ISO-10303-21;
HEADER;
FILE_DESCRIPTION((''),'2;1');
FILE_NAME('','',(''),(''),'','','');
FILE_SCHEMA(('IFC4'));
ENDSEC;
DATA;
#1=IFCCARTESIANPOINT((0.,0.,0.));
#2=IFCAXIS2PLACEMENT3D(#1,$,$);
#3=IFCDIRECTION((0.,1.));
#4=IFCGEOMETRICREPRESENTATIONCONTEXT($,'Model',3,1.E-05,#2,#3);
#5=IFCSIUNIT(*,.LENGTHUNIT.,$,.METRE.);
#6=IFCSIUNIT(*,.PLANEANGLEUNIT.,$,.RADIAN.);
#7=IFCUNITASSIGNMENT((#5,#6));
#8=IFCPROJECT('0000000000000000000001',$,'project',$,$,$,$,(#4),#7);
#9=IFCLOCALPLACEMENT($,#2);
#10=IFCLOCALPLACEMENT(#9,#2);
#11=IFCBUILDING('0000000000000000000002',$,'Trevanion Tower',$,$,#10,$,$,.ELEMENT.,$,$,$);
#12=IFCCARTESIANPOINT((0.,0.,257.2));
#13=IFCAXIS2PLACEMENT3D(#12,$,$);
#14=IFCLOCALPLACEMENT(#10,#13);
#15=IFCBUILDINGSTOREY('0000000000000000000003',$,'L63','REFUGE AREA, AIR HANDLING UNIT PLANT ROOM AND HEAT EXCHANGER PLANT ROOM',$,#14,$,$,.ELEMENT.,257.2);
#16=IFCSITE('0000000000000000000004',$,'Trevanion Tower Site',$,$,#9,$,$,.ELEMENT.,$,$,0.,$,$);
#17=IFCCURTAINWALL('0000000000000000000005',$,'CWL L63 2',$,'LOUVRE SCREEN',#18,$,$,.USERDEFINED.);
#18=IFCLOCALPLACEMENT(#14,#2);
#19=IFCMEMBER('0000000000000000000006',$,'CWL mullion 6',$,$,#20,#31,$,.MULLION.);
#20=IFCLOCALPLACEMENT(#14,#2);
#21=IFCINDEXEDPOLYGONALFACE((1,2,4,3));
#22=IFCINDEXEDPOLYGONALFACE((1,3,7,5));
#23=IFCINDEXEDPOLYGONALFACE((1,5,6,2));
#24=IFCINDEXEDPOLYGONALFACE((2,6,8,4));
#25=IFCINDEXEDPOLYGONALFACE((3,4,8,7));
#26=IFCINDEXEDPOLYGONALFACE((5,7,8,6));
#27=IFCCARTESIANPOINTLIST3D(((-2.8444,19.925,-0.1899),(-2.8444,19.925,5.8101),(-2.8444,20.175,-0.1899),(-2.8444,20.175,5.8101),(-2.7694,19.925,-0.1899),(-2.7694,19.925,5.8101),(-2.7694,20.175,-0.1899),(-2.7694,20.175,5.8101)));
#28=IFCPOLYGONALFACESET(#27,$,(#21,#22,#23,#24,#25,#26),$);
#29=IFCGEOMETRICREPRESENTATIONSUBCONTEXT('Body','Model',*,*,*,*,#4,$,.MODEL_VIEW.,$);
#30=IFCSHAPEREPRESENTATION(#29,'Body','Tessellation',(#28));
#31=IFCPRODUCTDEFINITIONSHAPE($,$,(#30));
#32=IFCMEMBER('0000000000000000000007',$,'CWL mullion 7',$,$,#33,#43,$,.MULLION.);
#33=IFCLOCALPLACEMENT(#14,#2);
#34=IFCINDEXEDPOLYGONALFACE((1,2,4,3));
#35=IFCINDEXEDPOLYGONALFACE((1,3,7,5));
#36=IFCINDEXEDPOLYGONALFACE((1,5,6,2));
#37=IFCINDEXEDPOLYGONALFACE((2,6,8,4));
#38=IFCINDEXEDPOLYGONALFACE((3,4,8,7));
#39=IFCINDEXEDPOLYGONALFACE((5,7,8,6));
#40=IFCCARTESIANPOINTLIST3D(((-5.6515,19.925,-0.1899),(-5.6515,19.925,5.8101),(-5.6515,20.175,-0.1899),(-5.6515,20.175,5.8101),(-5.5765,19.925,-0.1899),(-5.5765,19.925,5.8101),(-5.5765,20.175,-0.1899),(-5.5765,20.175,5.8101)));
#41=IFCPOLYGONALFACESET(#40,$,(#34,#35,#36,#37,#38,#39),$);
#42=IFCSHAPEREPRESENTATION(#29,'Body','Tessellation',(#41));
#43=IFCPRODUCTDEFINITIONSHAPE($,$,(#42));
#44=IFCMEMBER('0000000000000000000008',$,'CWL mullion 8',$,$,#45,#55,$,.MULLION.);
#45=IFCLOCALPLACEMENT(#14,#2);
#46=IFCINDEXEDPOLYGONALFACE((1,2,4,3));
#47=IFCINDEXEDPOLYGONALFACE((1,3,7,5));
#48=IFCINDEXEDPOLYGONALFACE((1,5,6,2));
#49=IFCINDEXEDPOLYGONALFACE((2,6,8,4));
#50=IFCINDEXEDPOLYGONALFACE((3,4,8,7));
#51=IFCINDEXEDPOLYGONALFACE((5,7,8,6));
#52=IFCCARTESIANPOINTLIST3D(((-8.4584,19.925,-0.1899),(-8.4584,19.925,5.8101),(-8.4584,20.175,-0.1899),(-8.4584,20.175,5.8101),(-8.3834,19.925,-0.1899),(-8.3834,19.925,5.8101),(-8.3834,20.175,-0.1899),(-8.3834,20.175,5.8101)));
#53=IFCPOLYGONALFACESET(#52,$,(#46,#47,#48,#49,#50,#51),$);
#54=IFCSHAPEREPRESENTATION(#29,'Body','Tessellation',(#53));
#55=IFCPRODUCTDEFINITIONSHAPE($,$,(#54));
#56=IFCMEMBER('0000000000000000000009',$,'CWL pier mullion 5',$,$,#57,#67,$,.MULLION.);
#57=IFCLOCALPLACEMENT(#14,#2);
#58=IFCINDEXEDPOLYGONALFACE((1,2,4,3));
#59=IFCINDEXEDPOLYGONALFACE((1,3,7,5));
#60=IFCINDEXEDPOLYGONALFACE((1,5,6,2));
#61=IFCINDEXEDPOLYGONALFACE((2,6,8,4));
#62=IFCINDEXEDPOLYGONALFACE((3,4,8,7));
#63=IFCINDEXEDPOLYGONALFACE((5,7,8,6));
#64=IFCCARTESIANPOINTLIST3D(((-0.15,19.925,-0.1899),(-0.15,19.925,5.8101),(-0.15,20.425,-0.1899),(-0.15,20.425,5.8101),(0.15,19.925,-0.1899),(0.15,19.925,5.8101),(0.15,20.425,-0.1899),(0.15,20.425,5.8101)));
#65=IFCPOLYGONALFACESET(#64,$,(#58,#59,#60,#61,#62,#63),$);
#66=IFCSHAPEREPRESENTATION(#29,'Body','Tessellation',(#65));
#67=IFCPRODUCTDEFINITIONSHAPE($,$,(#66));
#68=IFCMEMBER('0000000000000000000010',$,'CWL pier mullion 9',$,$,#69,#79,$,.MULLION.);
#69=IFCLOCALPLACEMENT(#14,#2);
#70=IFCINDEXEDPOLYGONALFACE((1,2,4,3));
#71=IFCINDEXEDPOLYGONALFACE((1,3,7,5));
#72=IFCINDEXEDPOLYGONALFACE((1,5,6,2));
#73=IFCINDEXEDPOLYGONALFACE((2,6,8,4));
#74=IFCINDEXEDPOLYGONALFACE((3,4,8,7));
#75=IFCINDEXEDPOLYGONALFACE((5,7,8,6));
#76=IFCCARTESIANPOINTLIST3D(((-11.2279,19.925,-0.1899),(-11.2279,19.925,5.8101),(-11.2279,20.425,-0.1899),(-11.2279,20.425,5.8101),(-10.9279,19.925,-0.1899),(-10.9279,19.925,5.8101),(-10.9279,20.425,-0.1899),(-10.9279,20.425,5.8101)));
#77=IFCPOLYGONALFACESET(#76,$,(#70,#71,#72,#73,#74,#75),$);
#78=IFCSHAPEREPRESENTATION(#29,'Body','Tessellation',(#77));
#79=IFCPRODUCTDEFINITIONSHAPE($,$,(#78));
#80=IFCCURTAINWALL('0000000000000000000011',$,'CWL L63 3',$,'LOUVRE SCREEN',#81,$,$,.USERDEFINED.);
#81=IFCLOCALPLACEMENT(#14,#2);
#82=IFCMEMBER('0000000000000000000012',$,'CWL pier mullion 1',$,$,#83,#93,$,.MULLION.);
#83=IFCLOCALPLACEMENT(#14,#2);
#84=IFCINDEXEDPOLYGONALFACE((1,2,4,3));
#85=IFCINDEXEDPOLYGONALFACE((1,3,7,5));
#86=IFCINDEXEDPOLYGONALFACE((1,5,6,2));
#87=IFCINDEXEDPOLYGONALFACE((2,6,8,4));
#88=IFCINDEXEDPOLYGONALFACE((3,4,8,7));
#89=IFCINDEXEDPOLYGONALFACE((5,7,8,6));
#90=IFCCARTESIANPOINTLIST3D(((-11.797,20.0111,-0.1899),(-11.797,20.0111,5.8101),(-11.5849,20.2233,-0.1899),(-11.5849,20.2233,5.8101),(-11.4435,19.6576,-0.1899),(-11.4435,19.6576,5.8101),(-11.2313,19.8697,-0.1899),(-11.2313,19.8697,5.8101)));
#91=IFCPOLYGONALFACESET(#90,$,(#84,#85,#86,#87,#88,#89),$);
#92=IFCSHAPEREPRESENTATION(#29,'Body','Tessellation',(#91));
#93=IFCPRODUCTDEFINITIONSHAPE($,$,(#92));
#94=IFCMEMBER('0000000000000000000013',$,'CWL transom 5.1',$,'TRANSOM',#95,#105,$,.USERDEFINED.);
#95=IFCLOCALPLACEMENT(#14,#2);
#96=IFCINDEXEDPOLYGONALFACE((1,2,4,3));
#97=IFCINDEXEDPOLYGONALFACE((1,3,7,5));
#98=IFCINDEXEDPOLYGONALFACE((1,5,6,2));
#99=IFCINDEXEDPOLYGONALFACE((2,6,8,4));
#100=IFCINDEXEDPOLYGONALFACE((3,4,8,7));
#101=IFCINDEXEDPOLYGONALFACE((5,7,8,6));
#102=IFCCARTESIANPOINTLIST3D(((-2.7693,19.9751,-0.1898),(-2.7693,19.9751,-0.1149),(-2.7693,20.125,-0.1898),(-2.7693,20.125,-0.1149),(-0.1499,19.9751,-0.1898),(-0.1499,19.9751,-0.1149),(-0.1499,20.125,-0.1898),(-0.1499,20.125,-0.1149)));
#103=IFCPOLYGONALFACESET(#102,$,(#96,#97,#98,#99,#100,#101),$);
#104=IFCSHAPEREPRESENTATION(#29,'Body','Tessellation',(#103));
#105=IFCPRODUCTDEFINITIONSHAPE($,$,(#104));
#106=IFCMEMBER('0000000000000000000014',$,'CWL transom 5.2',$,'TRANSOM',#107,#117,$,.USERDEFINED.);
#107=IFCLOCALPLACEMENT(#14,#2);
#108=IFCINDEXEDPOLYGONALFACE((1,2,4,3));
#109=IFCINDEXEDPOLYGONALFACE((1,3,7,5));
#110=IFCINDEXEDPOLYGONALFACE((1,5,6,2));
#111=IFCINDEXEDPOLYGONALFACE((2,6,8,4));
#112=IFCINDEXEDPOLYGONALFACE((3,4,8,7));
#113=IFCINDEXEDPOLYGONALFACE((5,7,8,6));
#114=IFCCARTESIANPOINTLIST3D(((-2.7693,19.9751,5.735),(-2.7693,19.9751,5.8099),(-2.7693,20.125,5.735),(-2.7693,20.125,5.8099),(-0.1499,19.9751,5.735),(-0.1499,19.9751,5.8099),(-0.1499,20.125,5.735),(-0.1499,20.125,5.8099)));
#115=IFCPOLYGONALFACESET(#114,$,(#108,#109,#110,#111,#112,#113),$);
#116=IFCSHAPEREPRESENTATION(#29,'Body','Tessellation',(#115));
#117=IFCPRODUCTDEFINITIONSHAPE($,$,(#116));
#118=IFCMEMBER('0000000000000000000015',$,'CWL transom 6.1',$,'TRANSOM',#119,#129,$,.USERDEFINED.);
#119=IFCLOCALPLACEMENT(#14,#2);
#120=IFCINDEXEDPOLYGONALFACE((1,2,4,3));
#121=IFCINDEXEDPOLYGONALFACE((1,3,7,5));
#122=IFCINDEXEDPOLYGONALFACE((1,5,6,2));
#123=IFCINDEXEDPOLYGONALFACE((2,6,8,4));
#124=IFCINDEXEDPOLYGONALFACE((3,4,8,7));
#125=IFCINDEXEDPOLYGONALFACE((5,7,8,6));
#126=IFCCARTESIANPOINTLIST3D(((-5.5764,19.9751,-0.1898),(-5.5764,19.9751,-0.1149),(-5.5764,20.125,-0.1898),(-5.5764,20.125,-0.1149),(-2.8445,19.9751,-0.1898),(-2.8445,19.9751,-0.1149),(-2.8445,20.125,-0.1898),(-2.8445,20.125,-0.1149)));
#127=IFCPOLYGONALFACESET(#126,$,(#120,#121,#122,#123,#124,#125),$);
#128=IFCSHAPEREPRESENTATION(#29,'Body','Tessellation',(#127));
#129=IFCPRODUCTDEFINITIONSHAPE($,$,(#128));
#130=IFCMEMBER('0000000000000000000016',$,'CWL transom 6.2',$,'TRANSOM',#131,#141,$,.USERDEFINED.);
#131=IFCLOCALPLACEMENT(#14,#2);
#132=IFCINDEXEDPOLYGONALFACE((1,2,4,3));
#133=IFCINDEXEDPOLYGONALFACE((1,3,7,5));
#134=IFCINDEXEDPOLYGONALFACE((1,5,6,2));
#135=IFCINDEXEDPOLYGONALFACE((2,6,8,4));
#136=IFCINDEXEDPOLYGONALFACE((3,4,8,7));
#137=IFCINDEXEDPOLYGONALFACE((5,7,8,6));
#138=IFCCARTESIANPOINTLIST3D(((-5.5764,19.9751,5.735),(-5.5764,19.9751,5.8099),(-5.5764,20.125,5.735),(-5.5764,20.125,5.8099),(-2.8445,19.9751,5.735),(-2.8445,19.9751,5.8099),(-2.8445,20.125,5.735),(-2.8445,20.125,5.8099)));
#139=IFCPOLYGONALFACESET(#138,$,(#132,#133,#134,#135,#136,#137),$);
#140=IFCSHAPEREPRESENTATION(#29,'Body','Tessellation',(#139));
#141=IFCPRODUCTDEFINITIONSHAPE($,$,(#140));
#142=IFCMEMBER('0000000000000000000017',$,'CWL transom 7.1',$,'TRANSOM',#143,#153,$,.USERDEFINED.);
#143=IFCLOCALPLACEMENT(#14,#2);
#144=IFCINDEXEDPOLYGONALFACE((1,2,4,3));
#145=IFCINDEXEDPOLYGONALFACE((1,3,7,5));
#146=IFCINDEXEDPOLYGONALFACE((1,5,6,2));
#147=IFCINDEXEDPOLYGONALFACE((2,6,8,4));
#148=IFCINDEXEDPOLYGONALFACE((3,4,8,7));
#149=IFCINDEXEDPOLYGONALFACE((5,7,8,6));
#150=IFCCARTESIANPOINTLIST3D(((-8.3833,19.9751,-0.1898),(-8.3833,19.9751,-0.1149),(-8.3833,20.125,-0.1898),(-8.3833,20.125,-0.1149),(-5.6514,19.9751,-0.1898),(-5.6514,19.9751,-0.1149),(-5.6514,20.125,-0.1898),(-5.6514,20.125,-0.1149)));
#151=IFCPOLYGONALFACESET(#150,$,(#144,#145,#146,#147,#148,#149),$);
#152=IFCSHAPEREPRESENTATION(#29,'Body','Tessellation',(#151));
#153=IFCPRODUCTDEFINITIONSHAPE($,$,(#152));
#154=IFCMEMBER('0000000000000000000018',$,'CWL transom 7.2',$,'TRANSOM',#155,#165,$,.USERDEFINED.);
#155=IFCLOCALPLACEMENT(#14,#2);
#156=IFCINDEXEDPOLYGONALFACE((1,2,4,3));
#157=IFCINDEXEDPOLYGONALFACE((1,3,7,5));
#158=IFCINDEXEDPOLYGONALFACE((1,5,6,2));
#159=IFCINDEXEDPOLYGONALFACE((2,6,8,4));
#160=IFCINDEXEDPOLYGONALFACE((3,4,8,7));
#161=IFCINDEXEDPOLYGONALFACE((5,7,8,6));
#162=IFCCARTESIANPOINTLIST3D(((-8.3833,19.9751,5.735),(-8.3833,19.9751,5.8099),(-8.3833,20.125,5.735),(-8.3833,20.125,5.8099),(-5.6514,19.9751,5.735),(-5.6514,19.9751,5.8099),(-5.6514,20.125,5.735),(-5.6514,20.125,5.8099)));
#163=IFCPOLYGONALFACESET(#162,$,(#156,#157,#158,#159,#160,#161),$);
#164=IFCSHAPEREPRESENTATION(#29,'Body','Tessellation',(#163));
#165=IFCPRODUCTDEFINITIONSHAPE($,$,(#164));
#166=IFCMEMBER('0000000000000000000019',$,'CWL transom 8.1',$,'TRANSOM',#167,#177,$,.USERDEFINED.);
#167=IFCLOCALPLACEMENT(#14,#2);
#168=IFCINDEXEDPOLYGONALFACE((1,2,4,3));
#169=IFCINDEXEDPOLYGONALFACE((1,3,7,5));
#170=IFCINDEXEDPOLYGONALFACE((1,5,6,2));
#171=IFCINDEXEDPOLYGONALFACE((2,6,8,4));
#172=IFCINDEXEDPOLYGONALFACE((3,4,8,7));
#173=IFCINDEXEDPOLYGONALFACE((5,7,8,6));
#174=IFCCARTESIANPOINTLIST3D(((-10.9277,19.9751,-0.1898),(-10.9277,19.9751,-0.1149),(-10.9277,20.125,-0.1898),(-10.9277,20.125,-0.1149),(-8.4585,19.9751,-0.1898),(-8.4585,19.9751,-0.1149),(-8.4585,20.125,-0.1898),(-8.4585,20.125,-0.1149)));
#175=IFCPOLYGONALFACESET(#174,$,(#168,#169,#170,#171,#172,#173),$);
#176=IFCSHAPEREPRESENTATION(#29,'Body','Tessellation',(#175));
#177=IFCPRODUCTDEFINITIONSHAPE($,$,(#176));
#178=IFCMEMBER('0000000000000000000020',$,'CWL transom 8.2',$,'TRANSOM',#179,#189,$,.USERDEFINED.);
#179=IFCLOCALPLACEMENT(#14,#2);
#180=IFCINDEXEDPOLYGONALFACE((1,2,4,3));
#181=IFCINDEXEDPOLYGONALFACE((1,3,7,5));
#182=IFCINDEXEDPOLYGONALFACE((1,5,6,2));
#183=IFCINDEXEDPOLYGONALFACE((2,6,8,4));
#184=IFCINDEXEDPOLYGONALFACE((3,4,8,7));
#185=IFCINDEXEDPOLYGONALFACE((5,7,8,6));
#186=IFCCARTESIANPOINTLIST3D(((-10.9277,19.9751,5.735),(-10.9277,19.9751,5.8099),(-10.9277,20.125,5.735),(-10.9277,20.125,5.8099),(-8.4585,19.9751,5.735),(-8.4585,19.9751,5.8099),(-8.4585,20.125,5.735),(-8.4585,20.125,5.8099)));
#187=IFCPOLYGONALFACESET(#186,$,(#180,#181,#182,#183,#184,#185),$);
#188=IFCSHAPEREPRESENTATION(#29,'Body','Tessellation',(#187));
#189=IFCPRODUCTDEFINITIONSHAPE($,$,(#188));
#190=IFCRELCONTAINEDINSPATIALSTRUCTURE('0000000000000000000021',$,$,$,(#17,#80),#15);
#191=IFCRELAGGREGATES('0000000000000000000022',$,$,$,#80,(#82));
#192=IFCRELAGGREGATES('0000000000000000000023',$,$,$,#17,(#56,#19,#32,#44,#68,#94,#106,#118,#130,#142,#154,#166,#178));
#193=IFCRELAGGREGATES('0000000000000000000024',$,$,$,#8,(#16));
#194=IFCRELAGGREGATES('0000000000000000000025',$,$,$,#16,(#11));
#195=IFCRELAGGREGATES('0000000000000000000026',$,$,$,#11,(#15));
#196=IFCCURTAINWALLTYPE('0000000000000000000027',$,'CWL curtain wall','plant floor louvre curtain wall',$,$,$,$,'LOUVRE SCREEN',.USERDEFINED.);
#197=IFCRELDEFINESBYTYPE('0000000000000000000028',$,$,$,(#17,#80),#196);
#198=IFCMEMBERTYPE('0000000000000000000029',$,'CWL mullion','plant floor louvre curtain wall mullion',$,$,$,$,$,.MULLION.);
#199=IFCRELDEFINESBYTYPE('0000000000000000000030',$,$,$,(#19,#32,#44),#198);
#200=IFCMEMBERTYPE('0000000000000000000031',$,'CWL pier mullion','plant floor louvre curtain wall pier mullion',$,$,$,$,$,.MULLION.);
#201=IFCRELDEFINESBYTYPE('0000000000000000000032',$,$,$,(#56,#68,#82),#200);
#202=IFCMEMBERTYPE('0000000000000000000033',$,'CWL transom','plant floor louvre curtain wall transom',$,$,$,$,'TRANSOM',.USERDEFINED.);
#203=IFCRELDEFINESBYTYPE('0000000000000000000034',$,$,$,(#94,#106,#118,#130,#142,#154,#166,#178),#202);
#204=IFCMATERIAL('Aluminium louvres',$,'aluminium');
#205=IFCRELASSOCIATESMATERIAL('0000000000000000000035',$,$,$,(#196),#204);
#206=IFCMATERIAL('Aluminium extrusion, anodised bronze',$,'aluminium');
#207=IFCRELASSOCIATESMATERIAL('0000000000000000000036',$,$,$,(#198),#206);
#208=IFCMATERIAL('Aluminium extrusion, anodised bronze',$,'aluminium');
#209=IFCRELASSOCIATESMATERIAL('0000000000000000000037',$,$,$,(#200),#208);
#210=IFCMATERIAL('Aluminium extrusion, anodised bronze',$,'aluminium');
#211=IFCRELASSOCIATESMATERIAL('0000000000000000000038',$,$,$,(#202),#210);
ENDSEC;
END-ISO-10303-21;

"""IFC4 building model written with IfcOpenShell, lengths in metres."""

from ifc_helpers import new_model, si_unit, direction, frame, origin, origin_2d, place, context, subcontext, project, spatial, rectangle, extrude, material, material_profile, profile_set, type_object, element, aggregate, save


model = new_model("IFC4")

# Units and contexts
model_context = context("Model", 3, precision=1e-05, world=origin(), true_north=direction((0.0, 1.0)))
body_context = subcontext(model_context, "Body", "Model", "MODEL_VIEW")
ifc_project = project(units=[si_unit("LENGTHUNIT", "METRE"), si_unit("PLANEANGLEUNIT", "RADIAN")], contexts=[model_context])

# Site, building, storey
site_placement = place(None, origin())
site = spatial("IfcSite", under=ifc_project, at=site_placement, Name="Trevanion Tower Site", CompositionType="ELEMENT", RefElevation=0.0)
building_placement = place(site_placement, origin())
building = spatial("IfcBuilding", under=site, at=building_placement, Name="Trevanion Tower", CompositionType="ELEMENT")
storey_placement = place(building_placement, frame((0.0, 0.0, 257.2)))
storey = spatial("IfcBuildingStorey", under=building, at=storey_placement, Name="L63", Description="REFUGE AREA, AIR HANDLING UNIT PLANT ROOM AND HEAT EXCHANGER PLANT ROOM", CompositionType="ELEMENT", Elevation=257.2)

# Curtain wall, members
ifc_material_1 = material(Name="Aluminium louvres", Category="aluminium")
curtain_wall_type = type_object("IfcCurtainWallType", Name="CWL curtain wall", Description="plant floor louvre curtain wall", ElementType="LOUVRE SCREEN", PredefinedType="USERDEFINED", material=ifc_material_1)
curtain_wall_1_placement = place(storey_placement, origin())
curtain_wall_1 = element("IfcCurtainWall", 1, at=curtain_wall_1_placement, inside=storey, type_object=curtain_wall_type, Name="CWL L63 2", ObjectType="LOUVRE SCREEN", PredefinedType="USERDEFINED")
ifc_material_2 = material(Name="Aluminium extrusion, anodised bronze", Category="aluminium")
ifc_material_profile_1 = material_profile(ifc_material_2, rectangle(XDim=0.075, YDim=0.25, at=origin_2d()), Name="CWL mullion")
ifc_profile_set_1 = profile_set([ifc_material_profile_1], Name="Aluminium extrusion, anodised bronze")
member_type_1 = type_object("IfcMemberType", Name="CWL mullion", Description="plant floor louvre curtain wall mullion", PredefinedType="MULLION", material=ifc_profile_set_1)
member_1_placement = place(storey_placement, frame((-2.8069, 20.05, -0.1899), z_axis=(0.0, 0.0, 1.0), x_axis=(-1.0, 0.0, 0.0)))
member_1 = element("IfcMember", 2, at=member_1_placement, type_object=member_type_1, Name="CWL mullion 6", PredefinedType="MULLION", context=body_context, shape_type="SweptSolid", body=[
    extrude(rectangle(XDim=0.075, YDim=0.25, at=origin_2d()), origin(), (0.0, 0.0, 1.0), 6.0),
])
member_2_placement = place(storey_placement, frame((-5.614, 20.05, -0.1899), z_axis=(0.0, 0.0, 1.0), x_axis=(-1.0, 0.0, 0.0)))
member_2 = element("IfcMember", 3, at=member_2_placement, type_object=member_type_1, Name="CWL mullion 7", PredefinedType="MULLION", context=body_context, shape_type="SweptSolid", body=[
    extrude(rectangle(XDim=0.075, YDim=0.25, at=origin_2d()), origin(), (0.0, 0.0, 1.0), 6.0),
])
member_3_placement = place(storey_placement, frame((-8.4209, 20.05, -0.1899), z_axis=(0.0, 0.0, 1.0), x_axis=(-1.0, 0.0, 0.0)))
member_3 = element("IfcMember", 4, at=member_3_placement, type_object=member_type_1, Name="CWL mullion 8", PredefinedType="MULLION", context=body_context, shape_type="SweptSolid", body=[
    extrude(rectangle(XDim=0.075, YDim=0.25, at=origin_2d()), origin(), (0.0, 0.0, 1.0), 6.0),
])
ifc_material_3 = material(Name="Aluminium extrusion, anodised bronze", Category="aluminium")
ifc_material_profile_2 = material_profile(ifc_material_3, rectangle(XDim=0.3, YDim=0.5, at=origin_2d()), Name="CWL pier mullion")
ifc_profile_set_2 = profile_set([ifc_material_profile_2], Name="Aluminium extrusion, anodised bronze")
member_type_2 = type_object("IfcMemberType", Name="CWL pier mullion", Description="plant floor louvre curtain wall pier mullion", PredefinedType="MULLION", material=ifc_profile_set_2)
member_4_placement = place(storey_placement, frame((0.0, 20.175, -0.1899), z_axis=(0.0, 0.0, 1.0), x_axis=(-1.0, 0.0, 0.0)))
member_4 = element("IfcMember", 5, at=member_4_placement, type_object=member_type_2, Name="CWL pier mullion 5", PredefinedType="MULLION", context=body_context, shape_type="SweptSolid", body=[
    extrude(rectangle(XDim=0.3, YDim=0.5, at=origin_2d()), origin(), (0.0, 0.0, 1.0), 6.0),
])
member_5_placement = place(storey_placement, frame((-11.0779, 20.175, -0.1899), z_axis=(0.0, 0.0, 1.0), x_axis=(-1.0, 0.0, 0.0)))
member_5 = element("IfcMember", 6, at=member_5_placement, type_object=member_type_2, Name="CWL pier mullion 9", PredefinedType="MULLION", context=body_context, shape_type="SweptSolid", body=[
    extrude(rectangle(XDim=0.3, YDim=0.5, at=origin_2d()), origin(), (0.0, 0.0, 1.0), 6.0),
])

# Curtain wall, member
curtain_wall_2_placement = place(storey_placement, origin())
curtain_wall_2 = element("IfcCurtainWall", 7, at=curtain_wall_2_placement, inside=storey, type_object=curtain_wall_type, Name="CWL L63 3", ObjectType="LOUVRE SCREEN", PredefinedType="USERDEFINED")
member_6_placement = place(storey_placement, frame((-11.5142, 19.9404, -0.1899), z_axis=(0.0, 0.0, 1.0), x_axis=(-0.707107, -0.707107, 0.0)))
member_6 = element("IfcMember", 8, at=member_6_placement, type_object=member_type_2, Name="CWL pier mullion 1", PredefinedType="MULLION", context=body_context, shape_type="SweptSolid", body=[
    extrude(rectangle(XDim=0.3, YDim=0.5, at=origin_2d()), origin(), (0.0, 0.0, 1.0), 6.0),
])
aggregate(curtain_wall_2, [member_6])

# Members
ifc_material_4 = material(Name="Aluminium extrusion, anodised bronze", Category="aluminium")
ifc_material_profile_3 = material_profile(ifc_material_4, rectangle(XDim=0.1499, YDim=0.075, at=origin_2d()), Name="CWL transom")
ifc_profile_set_3 = profile_set([ifc_material_profile_3], Name="Aluminium extrusion, anodised bronze")
member_type_3 = type_object("IfcMemberType", Name="CWL transom", Description="plant floor louvre curtain wall transom", ElementType="TRANSOM", PredefinedType="USERDEFINED", material=ifc_profile_set_3)
member_7_placement = place(storey_placement, frame((-0.1499, 20.05, -0.1523), z_axis=(-1.0, 0.0, 0.0), x_axis=(0.0, -1.0, 0.0)))
member_7 = element("IfcMember", 9, at=member_7_placement, type_object=member_type_3, Name="CWL transom 5.1", ObjectType="TRANSOM", PredefinedType="USERDEFINED", context=body_context, shape_type="SweptSolid", body=[
    extrude(rectangle(XDim=0.1499, YDim=0.075, at=origin_2d()), origin(), (0.0, 0.0, 1.0), 2.6194),
])
member_8_placement = place(storey_placement, frame((-0.1499, 20.05, 5.7725), z_axis=(-1.0, 0.0, 0.0), x_axis=(0.0, -1.0, 0.0)))
member_8 = element("IfcMember", 10, at=member_8_placement, type_object=member_type_3, Name="CWL transom 5.2", ObjectType="TRANSOM", PredefinedType="USERDEFINED", context=body_context, shape_type="SweptSolid", body=[
    extrude(rectangle(XDim=0.1499, YDim=0.075, at=origin_2d()), origin(), (0.0, 0.0, 1.0), 2.6194),
])
member_9_placement = place(storey_placement, frame((-2.8445, 20.05, -0.1523), z_axis=(-1.0, 0.0, 0.0), x_axis=(0.0, -1.0, 0.0)))
member_9 = element("IfcMember", 11, at=member_9_placement, type_object=member_type_3, Name="CWL transom 6.1", ObjectType="TRANSOM", PredefinedType="USERDEFINED", context=body_context, shape_type="SweptSolid", body=[
    extrude(rectangle(XDim=0.1499, YDim=0.075, at=origin_2d()), origin(), (0.0, 0.0, 1.0), 2.7319),
])
member_10_placement = place(storey_placement, frame((-2.8445, 20.05, 5.7725), z_axis=(-1.0, 0.0, 0.0), x_axis=(0.0, -1.0, 0.0)))
member_10 = element("IfcMember", 12, at=member_10_placement, type_object=member_type_3, Name="CWL transom 6.2", ObjectType="TRANSOM", PredefinedType="USERDEFINED", context=body_context, shape_type="SweptSolid", body=[
    extrude(rectangle(XDim=0.1499, YDim=0.075, at=origin_2d()), origin(), (0.0, 0.0, 1.0), 2.7319),
])
member_11_placement = place(storey_placement, frame((-5.6514, 20.05, -0.1523), z_axis=(-1.0, 0.0, 0.0), x_axis=(0.0, -1.0, 0.0)))
member_11 = element("IfcMember", 13, at=member_11_placement, type_object=member_type_3, Name="CWL transom 7.1", ObjectType="TRANSOM", PredefinedType="USERDEFINED", context=body_context, shape_type="SweptSolid", body=[
    extrude(rectangle(XDim=0.1499, YDim=0.075, at=origin_2d()), origin(), (0.0, 0.0, 1.0), 2.7319),
])
member_12_placement = place(storey_placement, frame((-5.6514, 20.05, 5.7725), z_axis=(-1.0, 0.0, 0.0), x_axis=(0.0, -1.0, 0.0)))
member_12 = element("IfcMember", 14, at=member_12_placement, type_object=member_type_3, Name="CWL transom 7.2", ObjectType="TRANSOM", PredefinedType="USERDEFINED", context=body_context, shape_type="SweptSolid", body=[
    extrude(rectangle(XDim=0.1499, YDim=0.075, at=origin_2d()), origin(), (0.0, 0.0, 1.0), 2.7319),
])
member_13_placement = place(storey_placement, frame((-8.4585, 20.05, -0.1523), z_axis=(-1.0, 0.0, 0.0), x_axis=(0.0, -1.0, 0.0)))
member_13 = element("IfcMember", 15, at=member_13_placement, type_object=member_type_3, Name="CWL transom 8.1", ObjectType="TRANSOM", PredefinedType="USERDEFINED", context=body_context, shape_type="SweptSolid", body=[
    extrude(rectangle(XDim=0.1499, YDim=0.075, at=origin_2d()), origin(), (0.0, 0.0, 1.0), 2.4692),
])
member_14_placement = place(storey_placement, frame((-8.4585, 20.05, 5.7725), z_axis=(-1.0, 0.0, 0.0), x_axis=(0.0, -1.0, 0.0)))
member_14 = element("IfcMember", 16, at=member_14_placement, type_object=member_type_3, Name="CWL transom 8.2", ObjectType="TRANSOM", PredefinedType="USERDEFINED", context=body_context, shape_type="SweptSolid", body=[
    extrude(rectangle(XDim=0.1499, YDim=0.075, at=origin_2d()), origin(), (0.0, 0.0, 1.0), 2.4692),
])

aggregate(curtain_wall_1, [member_4, member_1, member_2, member_3, member_5, member_7, member_8, member_9, member_10, member_11, member_12, member_13, member_14])

save(model, "model.ifc")
